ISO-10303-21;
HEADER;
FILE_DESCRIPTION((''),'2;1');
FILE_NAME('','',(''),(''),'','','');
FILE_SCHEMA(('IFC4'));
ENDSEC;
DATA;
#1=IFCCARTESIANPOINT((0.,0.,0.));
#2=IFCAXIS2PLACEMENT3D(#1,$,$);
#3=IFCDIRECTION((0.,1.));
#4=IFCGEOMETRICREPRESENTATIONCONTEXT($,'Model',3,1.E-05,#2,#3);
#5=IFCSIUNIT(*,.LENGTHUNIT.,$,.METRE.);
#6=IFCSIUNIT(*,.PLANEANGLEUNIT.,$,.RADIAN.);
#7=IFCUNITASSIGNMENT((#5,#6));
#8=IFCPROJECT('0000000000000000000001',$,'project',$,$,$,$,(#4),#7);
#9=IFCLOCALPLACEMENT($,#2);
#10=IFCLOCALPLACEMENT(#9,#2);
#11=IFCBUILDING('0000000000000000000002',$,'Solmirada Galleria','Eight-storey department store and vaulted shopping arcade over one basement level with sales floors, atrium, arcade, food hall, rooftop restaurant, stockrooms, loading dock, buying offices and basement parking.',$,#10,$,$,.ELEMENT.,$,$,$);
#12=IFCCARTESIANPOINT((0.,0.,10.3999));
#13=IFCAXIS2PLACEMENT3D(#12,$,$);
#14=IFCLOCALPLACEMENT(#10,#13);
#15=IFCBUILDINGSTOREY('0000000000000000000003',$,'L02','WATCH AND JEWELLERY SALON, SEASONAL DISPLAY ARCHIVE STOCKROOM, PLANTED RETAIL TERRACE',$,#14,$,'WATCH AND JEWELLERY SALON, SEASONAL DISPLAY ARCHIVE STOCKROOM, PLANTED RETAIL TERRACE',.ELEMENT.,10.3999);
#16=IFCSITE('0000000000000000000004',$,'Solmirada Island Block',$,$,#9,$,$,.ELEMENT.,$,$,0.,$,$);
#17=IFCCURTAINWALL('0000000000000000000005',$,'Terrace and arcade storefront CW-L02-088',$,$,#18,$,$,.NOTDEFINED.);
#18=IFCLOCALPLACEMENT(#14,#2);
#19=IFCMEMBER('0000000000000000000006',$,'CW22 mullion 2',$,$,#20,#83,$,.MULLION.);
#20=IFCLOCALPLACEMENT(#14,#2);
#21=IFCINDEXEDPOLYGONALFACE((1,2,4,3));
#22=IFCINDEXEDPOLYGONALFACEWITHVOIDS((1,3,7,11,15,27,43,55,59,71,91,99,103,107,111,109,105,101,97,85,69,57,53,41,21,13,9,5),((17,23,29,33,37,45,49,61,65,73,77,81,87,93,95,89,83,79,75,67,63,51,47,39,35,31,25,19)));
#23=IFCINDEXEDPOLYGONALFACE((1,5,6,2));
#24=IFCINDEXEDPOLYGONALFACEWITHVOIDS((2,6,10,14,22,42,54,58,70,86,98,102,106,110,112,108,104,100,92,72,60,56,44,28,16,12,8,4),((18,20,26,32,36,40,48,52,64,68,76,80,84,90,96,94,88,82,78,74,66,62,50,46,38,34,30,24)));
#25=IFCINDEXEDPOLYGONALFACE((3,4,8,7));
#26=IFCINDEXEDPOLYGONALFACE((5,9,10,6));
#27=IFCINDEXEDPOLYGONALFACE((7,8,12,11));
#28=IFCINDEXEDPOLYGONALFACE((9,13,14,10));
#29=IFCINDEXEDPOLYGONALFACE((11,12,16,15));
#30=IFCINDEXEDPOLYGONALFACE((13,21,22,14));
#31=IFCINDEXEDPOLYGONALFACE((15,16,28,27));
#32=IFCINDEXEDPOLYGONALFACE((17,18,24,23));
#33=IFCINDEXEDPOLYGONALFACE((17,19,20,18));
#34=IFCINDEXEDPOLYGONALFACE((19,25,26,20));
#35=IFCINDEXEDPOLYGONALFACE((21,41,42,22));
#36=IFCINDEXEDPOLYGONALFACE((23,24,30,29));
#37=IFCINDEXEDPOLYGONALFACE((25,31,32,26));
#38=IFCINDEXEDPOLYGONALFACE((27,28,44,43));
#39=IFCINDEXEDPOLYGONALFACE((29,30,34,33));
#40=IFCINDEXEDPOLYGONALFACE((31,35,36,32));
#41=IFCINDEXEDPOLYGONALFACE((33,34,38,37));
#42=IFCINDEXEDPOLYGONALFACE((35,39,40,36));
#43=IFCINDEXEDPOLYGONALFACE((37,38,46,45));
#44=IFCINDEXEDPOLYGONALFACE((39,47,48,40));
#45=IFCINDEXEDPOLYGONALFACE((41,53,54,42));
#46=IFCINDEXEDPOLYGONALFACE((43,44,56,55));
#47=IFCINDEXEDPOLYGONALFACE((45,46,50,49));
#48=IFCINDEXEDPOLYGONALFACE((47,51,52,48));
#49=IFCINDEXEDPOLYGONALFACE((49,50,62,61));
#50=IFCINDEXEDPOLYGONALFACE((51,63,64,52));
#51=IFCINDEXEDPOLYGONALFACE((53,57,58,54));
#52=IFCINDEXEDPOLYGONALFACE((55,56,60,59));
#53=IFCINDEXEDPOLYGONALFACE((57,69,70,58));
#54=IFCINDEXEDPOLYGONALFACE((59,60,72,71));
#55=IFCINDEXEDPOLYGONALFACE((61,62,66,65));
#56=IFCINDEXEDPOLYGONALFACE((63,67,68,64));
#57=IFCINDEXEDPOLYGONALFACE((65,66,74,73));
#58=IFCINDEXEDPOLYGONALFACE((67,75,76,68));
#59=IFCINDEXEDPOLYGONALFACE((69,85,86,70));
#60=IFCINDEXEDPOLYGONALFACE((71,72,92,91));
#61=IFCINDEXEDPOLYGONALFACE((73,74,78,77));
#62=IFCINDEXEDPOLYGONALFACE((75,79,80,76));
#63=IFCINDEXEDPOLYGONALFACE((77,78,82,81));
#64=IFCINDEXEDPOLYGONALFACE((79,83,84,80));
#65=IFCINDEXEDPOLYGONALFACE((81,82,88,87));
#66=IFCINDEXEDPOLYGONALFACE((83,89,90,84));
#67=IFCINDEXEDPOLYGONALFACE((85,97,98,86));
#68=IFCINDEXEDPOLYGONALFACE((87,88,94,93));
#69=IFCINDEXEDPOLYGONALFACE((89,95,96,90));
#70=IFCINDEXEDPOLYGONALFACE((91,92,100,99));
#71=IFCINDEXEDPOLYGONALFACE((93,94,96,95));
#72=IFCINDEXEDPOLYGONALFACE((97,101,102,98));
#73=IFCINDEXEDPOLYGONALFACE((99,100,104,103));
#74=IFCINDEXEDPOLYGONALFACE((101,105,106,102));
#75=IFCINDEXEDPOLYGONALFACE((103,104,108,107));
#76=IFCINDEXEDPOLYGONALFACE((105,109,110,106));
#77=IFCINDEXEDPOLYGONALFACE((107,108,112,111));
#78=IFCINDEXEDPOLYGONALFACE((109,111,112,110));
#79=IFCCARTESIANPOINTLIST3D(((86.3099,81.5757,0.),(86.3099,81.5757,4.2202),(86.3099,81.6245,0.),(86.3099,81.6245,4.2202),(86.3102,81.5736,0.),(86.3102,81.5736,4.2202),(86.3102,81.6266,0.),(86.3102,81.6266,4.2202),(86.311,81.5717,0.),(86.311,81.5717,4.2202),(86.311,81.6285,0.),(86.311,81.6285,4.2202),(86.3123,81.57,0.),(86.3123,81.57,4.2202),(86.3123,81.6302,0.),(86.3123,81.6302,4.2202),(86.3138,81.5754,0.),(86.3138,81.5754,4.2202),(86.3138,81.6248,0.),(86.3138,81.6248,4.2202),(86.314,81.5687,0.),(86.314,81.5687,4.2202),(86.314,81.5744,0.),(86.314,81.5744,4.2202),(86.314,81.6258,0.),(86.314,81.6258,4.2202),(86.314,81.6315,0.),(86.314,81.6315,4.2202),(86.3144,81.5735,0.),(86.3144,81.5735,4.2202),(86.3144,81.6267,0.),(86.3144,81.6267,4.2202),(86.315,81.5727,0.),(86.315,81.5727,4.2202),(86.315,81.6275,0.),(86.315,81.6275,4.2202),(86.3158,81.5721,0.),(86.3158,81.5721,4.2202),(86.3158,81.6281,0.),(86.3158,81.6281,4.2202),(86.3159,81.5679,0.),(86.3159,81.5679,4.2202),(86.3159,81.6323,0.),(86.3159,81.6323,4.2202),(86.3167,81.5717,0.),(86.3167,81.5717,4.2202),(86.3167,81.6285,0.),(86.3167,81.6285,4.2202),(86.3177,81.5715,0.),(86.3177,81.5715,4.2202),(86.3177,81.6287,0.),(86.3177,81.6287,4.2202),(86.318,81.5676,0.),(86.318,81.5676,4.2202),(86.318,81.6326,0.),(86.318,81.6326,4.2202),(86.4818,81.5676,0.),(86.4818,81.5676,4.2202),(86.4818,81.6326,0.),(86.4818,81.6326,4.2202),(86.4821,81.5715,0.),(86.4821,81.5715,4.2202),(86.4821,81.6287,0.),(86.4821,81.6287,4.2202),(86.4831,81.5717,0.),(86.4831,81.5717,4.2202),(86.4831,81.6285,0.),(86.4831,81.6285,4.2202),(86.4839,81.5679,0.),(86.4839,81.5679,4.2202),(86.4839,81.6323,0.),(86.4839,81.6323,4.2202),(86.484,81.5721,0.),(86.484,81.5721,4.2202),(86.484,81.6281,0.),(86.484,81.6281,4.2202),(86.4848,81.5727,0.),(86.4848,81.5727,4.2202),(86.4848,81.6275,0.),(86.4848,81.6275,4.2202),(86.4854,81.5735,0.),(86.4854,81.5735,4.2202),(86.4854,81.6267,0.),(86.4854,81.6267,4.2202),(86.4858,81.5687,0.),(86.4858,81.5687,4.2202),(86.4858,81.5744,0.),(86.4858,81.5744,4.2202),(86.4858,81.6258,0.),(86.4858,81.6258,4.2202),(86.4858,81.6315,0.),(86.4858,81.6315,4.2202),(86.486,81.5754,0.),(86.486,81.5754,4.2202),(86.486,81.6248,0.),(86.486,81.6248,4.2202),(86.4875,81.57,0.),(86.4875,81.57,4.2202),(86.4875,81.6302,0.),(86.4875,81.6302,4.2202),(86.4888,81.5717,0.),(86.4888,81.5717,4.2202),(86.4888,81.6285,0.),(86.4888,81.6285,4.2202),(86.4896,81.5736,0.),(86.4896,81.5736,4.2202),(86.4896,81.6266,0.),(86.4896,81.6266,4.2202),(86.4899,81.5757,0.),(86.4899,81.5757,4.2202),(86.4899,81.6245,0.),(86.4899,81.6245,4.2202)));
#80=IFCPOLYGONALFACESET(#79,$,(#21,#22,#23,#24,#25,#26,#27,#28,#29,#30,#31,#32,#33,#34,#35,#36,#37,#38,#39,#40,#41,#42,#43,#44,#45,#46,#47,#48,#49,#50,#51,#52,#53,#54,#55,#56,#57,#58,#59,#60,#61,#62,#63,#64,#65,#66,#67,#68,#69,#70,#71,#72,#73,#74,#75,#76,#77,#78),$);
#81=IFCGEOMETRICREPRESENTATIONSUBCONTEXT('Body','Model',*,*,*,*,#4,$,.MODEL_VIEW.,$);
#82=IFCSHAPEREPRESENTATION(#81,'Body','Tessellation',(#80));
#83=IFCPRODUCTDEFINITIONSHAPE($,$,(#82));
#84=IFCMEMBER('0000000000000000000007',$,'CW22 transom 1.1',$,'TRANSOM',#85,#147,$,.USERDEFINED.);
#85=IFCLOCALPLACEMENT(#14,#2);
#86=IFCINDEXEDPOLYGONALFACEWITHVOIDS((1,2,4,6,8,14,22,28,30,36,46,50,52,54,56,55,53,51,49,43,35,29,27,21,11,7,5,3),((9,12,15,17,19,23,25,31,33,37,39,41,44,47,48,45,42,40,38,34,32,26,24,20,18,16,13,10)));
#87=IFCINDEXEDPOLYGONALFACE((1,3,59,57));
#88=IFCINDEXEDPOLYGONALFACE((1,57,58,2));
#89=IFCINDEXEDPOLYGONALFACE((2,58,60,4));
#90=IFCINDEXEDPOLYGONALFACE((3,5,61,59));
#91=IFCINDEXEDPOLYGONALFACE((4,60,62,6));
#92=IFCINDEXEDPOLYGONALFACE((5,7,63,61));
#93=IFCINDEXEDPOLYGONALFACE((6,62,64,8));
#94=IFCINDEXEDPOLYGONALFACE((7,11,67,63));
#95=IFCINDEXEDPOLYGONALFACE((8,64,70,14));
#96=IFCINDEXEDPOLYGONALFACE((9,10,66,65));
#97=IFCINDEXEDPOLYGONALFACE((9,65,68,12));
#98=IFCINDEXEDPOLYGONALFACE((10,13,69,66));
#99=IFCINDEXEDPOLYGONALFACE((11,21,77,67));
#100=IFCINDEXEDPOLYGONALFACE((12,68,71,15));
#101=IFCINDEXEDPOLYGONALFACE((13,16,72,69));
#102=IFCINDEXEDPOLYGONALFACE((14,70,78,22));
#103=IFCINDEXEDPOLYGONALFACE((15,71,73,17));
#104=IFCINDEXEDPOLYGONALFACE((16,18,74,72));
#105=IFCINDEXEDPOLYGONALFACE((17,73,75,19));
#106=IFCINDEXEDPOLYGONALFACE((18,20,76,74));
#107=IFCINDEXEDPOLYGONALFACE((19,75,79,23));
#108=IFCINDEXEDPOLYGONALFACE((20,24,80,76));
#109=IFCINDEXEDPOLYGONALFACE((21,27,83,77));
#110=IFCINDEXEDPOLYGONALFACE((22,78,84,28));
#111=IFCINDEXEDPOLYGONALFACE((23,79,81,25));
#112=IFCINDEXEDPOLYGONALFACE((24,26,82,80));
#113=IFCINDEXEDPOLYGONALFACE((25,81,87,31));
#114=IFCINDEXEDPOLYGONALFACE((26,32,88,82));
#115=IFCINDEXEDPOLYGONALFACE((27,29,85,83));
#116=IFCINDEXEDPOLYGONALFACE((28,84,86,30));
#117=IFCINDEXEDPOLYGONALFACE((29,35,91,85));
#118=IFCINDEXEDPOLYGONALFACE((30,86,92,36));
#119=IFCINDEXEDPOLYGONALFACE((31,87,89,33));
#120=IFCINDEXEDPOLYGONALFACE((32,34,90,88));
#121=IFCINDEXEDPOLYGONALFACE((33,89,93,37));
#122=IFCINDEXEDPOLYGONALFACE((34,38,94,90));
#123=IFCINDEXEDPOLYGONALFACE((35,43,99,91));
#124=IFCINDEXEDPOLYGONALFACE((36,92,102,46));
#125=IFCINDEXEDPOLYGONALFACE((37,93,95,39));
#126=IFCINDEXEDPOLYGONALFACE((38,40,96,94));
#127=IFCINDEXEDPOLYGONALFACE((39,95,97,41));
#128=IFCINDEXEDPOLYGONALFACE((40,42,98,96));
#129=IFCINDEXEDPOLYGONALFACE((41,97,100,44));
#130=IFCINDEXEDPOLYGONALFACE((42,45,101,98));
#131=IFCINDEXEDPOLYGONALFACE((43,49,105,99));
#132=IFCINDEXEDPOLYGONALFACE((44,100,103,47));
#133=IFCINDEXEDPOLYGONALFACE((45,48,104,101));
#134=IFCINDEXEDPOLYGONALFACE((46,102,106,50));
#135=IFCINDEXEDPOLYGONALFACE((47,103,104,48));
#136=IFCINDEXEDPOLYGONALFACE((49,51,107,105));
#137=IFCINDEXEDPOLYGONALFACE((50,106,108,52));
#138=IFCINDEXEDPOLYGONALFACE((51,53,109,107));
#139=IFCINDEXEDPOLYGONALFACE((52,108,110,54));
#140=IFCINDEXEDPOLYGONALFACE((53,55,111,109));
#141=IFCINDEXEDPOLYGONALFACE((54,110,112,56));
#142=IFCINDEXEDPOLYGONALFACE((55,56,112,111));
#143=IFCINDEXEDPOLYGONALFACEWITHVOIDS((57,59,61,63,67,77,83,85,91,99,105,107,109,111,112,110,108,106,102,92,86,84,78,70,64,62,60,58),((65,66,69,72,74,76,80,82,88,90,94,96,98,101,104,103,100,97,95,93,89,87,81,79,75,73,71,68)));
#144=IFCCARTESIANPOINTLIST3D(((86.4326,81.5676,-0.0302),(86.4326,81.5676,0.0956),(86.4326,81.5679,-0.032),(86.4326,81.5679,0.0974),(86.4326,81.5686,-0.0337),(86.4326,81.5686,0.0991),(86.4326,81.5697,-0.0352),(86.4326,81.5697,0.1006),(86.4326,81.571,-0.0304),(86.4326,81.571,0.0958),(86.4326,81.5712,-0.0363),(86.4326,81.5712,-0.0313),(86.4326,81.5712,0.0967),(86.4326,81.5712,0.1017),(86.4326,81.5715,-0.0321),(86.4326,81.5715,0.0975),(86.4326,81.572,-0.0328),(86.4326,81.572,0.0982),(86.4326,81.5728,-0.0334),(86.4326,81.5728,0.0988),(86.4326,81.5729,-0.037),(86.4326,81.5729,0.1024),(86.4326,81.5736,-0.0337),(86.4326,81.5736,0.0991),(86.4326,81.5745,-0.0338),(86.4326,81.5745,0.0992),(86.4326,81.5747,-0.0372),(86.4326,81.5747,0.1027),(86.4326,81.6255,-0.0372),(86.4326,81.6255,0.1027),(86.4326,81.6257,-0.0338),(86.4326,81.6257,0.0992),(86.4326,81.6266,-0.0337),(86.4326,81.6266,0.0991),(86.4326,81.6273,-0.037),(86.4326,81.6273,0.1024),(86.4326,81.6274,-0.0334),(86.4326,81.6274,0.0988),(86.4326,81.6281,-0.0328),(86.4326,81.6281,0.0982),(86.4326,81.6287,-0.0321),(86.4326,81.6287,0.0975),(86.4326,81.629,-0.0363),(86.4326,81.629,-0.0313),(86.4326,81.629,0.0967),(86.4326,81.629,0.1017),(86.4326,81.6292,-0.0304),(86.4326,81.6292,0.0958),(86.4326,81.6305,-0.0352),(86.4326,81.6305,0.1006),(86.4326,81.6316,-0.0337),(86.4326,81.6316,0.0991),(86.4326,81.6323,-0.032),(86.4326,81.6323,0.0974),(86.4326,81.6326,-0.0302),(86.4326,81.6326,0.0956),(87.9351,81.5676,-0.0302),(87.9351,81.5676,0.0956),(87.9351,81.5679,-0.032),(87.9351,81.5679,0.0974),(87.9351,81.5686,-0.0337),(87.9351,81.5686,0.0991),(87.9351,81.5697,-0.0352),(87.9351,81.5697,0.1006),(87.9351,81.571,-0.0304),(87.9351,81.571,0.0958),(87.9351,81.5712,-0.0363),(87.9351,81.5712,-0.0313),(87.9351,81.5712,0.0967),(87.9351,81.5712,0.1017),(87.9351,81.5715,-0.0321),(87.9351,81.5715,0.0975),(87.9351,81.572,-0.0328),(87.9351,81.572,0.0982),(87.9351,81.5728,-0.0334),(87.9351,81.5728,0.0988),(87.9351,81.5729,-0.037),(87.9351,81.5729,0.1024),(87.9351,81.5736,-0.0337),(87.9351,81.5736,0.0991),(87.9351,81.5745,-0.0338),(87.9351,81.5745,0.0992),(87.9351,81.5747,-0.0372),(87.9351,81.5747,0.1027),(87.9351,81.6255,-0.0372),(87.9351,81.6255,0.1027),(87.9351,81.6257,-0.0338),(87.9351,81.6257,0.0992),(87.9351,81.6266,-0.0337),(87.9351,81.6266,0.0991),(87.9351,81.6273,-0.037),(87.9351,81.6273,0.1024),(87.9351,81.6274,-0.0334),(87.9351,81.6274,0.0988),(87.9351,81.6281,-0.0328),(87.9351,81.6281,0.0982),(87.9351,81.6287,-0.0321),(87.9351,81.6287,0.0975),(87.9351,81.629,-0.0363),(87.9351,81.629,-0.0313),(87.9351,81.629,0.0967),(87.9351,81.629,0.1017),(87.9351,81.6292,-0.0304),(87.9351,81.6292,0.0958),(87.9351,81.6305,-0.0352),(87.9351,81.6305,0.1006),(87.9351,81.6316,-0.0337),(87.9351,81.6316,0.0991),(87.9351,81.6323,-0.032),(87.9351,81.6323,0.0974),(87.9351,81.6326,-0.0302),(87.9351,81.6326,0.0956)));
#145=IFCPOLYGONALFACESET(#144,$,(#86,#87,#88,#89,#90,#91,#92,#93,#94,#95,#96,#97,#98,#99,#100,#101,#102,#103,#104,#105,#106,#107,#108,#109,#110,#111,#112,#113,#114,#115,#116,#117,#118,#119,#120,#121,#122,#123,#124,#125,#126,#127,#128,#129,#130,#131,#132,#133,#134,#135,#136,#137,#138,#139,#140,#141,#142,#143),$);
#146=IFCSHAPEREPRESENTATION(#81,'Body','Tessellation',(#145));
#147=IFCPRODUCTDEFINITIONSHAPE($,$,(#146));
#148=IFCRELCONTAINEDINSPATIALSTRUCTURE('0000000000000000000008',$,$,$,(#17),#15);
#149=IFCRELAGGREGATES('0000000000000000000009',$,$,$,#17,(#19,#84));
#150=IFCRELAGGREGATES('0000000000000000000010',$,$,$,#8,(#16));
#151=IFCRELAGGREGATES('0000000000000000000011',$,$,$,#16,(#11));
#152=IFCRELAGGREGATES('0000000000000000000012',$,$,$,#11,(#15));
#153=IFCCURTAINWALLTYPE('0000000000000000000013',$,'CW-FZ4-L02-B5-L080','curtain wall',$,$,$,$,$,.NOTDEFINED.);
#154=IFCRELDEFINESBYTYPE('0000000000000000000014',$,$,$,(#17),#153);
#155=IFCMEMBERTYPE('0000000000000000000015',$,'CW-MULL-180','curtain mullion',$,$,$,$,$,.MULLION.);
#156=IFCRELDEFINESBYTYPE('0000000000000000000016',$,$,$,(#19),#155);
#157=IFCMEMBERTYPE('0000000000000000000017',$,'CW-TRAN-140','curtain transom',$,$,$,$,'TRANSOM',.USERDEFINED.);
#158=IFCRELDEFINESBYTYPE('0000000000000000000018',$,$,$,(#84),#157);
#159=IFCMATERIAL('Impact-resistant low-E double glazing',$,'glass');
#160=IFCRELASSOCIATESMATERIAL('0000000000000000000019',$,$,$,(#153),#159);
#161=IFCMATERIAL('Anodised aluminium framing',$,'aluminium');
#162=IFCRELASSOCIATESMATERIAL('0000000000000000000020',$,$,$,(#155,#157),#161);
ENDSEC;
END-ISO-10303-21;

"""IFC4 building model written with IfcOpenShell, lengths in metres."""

from ifc_helpers import new_model, si_unit, direction, frame, origin, origin_2d, place, context, subcontext, project, spatial, hollow_rectangle, extrude, material, material_profile, profile_set, type_object, element, aggregate, save


model = new_model("IFC4")

# Units and contexts
model_context = context("Model", 3, precision=1e-05, world=origin(), true_north=direction((0.0, 1.0)))
body_context = subcontext(model_context, "Body", "Model", "MODEL_VIEW")
ifc_project = project(units=[si_unit("LENGTHUNIT", "METRE"), si_unit("PLANEANGLEUNIT", "RADIAN")], contexts=[model_context])

# Site, building, storey
site_placement = place(None, origin())
site = spatial("IfcSite", under=ifc_project, at=site_placement, Name="Solmirada Island Block", CompositionType="ELEMENT", RefElevation=0.0)
building_placement = place(site_placement, origin())
building = spatial("IfcBuilding", under=site, at=building_placement, Name="Solmirada Galleria", Description="Eight-storey department store and vaulted shopping arcade over one basement level with sales floors, atrium, arcade, food hall, rooftop restaurant, stockrooms, loading dock, buying offices and basement parking.", CompositionType="ELEMENT")
storey_placement = place(building_placement, frame((0.0, 0.0, 10.3999)))
storey = spatial("IfcBuildingStorey", under=building, at=storey_placement, Name="L02", Description="WATCH AND JEWELLERY SALON, SEASONAL DISPLAY ARCHIVE STOCKROOM, PLANTED RETAIL TERRACE", LongName="WATCH AND JEWELLERY SALON, SEASONAL DISPLAY ARCHIVE STOCKROOM, PLANTED RETAIL TERRACE", CompositionType="ELEMENT", Elevation=10.3999)

# Curtain wall, members
ifc_material_1 = material(Name="Impact-resistant low-E double glazing", Category="glass")
curtain_wall_type = type_object("IfcCurtainWallType", Name="CW-FZ4-L02-B5-L080", Description="curtain wall", PredefinedType="NOTDEFINED", material=ifc_material_1)
curtain_wall_placement = place(storey_placement, origin())
curtain_wall = element("IfcCurtainWall", 1, at=curtain_wall_placement, inside=storey, type_object=curtain_wall_type, Name="Terrace and arcade storefront CW-L02-088", PredefinedType="NOTDEFINED")
ifc_material_2 = material(Name="Anodised aluminium framing", Category="aluminium")
ifc_material_profile_1 = material_profile(ifc_material_2, hollow_rectangle(XDim=0.0649, YDim=0.1799, WallThickness=0.0039, InnerFilletRadius=0.0039, OuterFilletRadius=0.0081, at=origin_2d()), Name="ALU-MULL-180X65")
ifc_profile_set_1 = profile_set([ifc_material_profile_1], Name="Anodised aluminium framing")
member_type_1 = type_object("IfcMemberType", Name="CW-MULL-180", Description="curtain mullion", PredefinedType="MULLION", material=ifc_profile_set_1)
member_1_placement = place(storey_placement, frame((86.3999, 81.6001, 0.0), z_axis=(0.0, 0.0, 1.0), x_axis=(0.0, -1.0, 0.0)))
member_1 = element("IfcMember", 2, at=member_1_placement, type_object=member_type_1, Name="CW22 mullion 2", PredefinedType="MULLION", context=body_context, shape_type="SweptSolid", body=[
    extrude(hollow_rectangle(XDim=0.0649, YDim=0.1799, WallThickness=0.0039, InnerFilletRadius=0.0039, OuterFilletRadius=0.0081, at=origin_2d()), origin(), (0.0, 0.0, 1.0), 4.2202),
])
ifc_material_profile_2 = material_profile(ifc_material_2, hollow_rectangle(XDim=0.0649, YDim=0.1399, WallThickness=0.0034, InnerFilletRadius=0.0034, OuterFilletRadius=0.0071, at=origin_2d()), Name="ALU-TRAN-140X65")
ifc_profile_set_2 = profile_set([ifc_material_profile_2], Name="Anodised aluminium framing")
member_type_2 = type_object("IfcMemberType", Name="CW-TRAN-140", Description="curtain transom", ElementType="TRANSOM", PredefinedType="USERDEFINED", material=ifc_profile_set_2)
member_2_placement = place(storey_placement, frame((87.9351, 81.6001, 0.0327), z_axis=(-1.0, 0.0, 0.0), x_axis=(0.0, -1.0, 0.0)))
member_2 = element("IfcMember", 3, at=member_2_placement, type_object=member_type_2, Name="CW22 transom 1.1", ObjectType="TRANSOM", PredefinedType="USERDEFINED", context=body_context, shape_type="SweptSolid", body=[
    extrude(hollow_rectangle(XDim=0.0649, YDim=0.1399, WallThickness=0.0034, InnerFilletRadius=0.0034, OuterFilletRadius=0.0071, at=origin_2d()), origin(), (0.0, 0.0, 1.0), 1.5024),
])
aggregate(curtain_wall, [member_1, member_2])

save(model, "model.ifc")
